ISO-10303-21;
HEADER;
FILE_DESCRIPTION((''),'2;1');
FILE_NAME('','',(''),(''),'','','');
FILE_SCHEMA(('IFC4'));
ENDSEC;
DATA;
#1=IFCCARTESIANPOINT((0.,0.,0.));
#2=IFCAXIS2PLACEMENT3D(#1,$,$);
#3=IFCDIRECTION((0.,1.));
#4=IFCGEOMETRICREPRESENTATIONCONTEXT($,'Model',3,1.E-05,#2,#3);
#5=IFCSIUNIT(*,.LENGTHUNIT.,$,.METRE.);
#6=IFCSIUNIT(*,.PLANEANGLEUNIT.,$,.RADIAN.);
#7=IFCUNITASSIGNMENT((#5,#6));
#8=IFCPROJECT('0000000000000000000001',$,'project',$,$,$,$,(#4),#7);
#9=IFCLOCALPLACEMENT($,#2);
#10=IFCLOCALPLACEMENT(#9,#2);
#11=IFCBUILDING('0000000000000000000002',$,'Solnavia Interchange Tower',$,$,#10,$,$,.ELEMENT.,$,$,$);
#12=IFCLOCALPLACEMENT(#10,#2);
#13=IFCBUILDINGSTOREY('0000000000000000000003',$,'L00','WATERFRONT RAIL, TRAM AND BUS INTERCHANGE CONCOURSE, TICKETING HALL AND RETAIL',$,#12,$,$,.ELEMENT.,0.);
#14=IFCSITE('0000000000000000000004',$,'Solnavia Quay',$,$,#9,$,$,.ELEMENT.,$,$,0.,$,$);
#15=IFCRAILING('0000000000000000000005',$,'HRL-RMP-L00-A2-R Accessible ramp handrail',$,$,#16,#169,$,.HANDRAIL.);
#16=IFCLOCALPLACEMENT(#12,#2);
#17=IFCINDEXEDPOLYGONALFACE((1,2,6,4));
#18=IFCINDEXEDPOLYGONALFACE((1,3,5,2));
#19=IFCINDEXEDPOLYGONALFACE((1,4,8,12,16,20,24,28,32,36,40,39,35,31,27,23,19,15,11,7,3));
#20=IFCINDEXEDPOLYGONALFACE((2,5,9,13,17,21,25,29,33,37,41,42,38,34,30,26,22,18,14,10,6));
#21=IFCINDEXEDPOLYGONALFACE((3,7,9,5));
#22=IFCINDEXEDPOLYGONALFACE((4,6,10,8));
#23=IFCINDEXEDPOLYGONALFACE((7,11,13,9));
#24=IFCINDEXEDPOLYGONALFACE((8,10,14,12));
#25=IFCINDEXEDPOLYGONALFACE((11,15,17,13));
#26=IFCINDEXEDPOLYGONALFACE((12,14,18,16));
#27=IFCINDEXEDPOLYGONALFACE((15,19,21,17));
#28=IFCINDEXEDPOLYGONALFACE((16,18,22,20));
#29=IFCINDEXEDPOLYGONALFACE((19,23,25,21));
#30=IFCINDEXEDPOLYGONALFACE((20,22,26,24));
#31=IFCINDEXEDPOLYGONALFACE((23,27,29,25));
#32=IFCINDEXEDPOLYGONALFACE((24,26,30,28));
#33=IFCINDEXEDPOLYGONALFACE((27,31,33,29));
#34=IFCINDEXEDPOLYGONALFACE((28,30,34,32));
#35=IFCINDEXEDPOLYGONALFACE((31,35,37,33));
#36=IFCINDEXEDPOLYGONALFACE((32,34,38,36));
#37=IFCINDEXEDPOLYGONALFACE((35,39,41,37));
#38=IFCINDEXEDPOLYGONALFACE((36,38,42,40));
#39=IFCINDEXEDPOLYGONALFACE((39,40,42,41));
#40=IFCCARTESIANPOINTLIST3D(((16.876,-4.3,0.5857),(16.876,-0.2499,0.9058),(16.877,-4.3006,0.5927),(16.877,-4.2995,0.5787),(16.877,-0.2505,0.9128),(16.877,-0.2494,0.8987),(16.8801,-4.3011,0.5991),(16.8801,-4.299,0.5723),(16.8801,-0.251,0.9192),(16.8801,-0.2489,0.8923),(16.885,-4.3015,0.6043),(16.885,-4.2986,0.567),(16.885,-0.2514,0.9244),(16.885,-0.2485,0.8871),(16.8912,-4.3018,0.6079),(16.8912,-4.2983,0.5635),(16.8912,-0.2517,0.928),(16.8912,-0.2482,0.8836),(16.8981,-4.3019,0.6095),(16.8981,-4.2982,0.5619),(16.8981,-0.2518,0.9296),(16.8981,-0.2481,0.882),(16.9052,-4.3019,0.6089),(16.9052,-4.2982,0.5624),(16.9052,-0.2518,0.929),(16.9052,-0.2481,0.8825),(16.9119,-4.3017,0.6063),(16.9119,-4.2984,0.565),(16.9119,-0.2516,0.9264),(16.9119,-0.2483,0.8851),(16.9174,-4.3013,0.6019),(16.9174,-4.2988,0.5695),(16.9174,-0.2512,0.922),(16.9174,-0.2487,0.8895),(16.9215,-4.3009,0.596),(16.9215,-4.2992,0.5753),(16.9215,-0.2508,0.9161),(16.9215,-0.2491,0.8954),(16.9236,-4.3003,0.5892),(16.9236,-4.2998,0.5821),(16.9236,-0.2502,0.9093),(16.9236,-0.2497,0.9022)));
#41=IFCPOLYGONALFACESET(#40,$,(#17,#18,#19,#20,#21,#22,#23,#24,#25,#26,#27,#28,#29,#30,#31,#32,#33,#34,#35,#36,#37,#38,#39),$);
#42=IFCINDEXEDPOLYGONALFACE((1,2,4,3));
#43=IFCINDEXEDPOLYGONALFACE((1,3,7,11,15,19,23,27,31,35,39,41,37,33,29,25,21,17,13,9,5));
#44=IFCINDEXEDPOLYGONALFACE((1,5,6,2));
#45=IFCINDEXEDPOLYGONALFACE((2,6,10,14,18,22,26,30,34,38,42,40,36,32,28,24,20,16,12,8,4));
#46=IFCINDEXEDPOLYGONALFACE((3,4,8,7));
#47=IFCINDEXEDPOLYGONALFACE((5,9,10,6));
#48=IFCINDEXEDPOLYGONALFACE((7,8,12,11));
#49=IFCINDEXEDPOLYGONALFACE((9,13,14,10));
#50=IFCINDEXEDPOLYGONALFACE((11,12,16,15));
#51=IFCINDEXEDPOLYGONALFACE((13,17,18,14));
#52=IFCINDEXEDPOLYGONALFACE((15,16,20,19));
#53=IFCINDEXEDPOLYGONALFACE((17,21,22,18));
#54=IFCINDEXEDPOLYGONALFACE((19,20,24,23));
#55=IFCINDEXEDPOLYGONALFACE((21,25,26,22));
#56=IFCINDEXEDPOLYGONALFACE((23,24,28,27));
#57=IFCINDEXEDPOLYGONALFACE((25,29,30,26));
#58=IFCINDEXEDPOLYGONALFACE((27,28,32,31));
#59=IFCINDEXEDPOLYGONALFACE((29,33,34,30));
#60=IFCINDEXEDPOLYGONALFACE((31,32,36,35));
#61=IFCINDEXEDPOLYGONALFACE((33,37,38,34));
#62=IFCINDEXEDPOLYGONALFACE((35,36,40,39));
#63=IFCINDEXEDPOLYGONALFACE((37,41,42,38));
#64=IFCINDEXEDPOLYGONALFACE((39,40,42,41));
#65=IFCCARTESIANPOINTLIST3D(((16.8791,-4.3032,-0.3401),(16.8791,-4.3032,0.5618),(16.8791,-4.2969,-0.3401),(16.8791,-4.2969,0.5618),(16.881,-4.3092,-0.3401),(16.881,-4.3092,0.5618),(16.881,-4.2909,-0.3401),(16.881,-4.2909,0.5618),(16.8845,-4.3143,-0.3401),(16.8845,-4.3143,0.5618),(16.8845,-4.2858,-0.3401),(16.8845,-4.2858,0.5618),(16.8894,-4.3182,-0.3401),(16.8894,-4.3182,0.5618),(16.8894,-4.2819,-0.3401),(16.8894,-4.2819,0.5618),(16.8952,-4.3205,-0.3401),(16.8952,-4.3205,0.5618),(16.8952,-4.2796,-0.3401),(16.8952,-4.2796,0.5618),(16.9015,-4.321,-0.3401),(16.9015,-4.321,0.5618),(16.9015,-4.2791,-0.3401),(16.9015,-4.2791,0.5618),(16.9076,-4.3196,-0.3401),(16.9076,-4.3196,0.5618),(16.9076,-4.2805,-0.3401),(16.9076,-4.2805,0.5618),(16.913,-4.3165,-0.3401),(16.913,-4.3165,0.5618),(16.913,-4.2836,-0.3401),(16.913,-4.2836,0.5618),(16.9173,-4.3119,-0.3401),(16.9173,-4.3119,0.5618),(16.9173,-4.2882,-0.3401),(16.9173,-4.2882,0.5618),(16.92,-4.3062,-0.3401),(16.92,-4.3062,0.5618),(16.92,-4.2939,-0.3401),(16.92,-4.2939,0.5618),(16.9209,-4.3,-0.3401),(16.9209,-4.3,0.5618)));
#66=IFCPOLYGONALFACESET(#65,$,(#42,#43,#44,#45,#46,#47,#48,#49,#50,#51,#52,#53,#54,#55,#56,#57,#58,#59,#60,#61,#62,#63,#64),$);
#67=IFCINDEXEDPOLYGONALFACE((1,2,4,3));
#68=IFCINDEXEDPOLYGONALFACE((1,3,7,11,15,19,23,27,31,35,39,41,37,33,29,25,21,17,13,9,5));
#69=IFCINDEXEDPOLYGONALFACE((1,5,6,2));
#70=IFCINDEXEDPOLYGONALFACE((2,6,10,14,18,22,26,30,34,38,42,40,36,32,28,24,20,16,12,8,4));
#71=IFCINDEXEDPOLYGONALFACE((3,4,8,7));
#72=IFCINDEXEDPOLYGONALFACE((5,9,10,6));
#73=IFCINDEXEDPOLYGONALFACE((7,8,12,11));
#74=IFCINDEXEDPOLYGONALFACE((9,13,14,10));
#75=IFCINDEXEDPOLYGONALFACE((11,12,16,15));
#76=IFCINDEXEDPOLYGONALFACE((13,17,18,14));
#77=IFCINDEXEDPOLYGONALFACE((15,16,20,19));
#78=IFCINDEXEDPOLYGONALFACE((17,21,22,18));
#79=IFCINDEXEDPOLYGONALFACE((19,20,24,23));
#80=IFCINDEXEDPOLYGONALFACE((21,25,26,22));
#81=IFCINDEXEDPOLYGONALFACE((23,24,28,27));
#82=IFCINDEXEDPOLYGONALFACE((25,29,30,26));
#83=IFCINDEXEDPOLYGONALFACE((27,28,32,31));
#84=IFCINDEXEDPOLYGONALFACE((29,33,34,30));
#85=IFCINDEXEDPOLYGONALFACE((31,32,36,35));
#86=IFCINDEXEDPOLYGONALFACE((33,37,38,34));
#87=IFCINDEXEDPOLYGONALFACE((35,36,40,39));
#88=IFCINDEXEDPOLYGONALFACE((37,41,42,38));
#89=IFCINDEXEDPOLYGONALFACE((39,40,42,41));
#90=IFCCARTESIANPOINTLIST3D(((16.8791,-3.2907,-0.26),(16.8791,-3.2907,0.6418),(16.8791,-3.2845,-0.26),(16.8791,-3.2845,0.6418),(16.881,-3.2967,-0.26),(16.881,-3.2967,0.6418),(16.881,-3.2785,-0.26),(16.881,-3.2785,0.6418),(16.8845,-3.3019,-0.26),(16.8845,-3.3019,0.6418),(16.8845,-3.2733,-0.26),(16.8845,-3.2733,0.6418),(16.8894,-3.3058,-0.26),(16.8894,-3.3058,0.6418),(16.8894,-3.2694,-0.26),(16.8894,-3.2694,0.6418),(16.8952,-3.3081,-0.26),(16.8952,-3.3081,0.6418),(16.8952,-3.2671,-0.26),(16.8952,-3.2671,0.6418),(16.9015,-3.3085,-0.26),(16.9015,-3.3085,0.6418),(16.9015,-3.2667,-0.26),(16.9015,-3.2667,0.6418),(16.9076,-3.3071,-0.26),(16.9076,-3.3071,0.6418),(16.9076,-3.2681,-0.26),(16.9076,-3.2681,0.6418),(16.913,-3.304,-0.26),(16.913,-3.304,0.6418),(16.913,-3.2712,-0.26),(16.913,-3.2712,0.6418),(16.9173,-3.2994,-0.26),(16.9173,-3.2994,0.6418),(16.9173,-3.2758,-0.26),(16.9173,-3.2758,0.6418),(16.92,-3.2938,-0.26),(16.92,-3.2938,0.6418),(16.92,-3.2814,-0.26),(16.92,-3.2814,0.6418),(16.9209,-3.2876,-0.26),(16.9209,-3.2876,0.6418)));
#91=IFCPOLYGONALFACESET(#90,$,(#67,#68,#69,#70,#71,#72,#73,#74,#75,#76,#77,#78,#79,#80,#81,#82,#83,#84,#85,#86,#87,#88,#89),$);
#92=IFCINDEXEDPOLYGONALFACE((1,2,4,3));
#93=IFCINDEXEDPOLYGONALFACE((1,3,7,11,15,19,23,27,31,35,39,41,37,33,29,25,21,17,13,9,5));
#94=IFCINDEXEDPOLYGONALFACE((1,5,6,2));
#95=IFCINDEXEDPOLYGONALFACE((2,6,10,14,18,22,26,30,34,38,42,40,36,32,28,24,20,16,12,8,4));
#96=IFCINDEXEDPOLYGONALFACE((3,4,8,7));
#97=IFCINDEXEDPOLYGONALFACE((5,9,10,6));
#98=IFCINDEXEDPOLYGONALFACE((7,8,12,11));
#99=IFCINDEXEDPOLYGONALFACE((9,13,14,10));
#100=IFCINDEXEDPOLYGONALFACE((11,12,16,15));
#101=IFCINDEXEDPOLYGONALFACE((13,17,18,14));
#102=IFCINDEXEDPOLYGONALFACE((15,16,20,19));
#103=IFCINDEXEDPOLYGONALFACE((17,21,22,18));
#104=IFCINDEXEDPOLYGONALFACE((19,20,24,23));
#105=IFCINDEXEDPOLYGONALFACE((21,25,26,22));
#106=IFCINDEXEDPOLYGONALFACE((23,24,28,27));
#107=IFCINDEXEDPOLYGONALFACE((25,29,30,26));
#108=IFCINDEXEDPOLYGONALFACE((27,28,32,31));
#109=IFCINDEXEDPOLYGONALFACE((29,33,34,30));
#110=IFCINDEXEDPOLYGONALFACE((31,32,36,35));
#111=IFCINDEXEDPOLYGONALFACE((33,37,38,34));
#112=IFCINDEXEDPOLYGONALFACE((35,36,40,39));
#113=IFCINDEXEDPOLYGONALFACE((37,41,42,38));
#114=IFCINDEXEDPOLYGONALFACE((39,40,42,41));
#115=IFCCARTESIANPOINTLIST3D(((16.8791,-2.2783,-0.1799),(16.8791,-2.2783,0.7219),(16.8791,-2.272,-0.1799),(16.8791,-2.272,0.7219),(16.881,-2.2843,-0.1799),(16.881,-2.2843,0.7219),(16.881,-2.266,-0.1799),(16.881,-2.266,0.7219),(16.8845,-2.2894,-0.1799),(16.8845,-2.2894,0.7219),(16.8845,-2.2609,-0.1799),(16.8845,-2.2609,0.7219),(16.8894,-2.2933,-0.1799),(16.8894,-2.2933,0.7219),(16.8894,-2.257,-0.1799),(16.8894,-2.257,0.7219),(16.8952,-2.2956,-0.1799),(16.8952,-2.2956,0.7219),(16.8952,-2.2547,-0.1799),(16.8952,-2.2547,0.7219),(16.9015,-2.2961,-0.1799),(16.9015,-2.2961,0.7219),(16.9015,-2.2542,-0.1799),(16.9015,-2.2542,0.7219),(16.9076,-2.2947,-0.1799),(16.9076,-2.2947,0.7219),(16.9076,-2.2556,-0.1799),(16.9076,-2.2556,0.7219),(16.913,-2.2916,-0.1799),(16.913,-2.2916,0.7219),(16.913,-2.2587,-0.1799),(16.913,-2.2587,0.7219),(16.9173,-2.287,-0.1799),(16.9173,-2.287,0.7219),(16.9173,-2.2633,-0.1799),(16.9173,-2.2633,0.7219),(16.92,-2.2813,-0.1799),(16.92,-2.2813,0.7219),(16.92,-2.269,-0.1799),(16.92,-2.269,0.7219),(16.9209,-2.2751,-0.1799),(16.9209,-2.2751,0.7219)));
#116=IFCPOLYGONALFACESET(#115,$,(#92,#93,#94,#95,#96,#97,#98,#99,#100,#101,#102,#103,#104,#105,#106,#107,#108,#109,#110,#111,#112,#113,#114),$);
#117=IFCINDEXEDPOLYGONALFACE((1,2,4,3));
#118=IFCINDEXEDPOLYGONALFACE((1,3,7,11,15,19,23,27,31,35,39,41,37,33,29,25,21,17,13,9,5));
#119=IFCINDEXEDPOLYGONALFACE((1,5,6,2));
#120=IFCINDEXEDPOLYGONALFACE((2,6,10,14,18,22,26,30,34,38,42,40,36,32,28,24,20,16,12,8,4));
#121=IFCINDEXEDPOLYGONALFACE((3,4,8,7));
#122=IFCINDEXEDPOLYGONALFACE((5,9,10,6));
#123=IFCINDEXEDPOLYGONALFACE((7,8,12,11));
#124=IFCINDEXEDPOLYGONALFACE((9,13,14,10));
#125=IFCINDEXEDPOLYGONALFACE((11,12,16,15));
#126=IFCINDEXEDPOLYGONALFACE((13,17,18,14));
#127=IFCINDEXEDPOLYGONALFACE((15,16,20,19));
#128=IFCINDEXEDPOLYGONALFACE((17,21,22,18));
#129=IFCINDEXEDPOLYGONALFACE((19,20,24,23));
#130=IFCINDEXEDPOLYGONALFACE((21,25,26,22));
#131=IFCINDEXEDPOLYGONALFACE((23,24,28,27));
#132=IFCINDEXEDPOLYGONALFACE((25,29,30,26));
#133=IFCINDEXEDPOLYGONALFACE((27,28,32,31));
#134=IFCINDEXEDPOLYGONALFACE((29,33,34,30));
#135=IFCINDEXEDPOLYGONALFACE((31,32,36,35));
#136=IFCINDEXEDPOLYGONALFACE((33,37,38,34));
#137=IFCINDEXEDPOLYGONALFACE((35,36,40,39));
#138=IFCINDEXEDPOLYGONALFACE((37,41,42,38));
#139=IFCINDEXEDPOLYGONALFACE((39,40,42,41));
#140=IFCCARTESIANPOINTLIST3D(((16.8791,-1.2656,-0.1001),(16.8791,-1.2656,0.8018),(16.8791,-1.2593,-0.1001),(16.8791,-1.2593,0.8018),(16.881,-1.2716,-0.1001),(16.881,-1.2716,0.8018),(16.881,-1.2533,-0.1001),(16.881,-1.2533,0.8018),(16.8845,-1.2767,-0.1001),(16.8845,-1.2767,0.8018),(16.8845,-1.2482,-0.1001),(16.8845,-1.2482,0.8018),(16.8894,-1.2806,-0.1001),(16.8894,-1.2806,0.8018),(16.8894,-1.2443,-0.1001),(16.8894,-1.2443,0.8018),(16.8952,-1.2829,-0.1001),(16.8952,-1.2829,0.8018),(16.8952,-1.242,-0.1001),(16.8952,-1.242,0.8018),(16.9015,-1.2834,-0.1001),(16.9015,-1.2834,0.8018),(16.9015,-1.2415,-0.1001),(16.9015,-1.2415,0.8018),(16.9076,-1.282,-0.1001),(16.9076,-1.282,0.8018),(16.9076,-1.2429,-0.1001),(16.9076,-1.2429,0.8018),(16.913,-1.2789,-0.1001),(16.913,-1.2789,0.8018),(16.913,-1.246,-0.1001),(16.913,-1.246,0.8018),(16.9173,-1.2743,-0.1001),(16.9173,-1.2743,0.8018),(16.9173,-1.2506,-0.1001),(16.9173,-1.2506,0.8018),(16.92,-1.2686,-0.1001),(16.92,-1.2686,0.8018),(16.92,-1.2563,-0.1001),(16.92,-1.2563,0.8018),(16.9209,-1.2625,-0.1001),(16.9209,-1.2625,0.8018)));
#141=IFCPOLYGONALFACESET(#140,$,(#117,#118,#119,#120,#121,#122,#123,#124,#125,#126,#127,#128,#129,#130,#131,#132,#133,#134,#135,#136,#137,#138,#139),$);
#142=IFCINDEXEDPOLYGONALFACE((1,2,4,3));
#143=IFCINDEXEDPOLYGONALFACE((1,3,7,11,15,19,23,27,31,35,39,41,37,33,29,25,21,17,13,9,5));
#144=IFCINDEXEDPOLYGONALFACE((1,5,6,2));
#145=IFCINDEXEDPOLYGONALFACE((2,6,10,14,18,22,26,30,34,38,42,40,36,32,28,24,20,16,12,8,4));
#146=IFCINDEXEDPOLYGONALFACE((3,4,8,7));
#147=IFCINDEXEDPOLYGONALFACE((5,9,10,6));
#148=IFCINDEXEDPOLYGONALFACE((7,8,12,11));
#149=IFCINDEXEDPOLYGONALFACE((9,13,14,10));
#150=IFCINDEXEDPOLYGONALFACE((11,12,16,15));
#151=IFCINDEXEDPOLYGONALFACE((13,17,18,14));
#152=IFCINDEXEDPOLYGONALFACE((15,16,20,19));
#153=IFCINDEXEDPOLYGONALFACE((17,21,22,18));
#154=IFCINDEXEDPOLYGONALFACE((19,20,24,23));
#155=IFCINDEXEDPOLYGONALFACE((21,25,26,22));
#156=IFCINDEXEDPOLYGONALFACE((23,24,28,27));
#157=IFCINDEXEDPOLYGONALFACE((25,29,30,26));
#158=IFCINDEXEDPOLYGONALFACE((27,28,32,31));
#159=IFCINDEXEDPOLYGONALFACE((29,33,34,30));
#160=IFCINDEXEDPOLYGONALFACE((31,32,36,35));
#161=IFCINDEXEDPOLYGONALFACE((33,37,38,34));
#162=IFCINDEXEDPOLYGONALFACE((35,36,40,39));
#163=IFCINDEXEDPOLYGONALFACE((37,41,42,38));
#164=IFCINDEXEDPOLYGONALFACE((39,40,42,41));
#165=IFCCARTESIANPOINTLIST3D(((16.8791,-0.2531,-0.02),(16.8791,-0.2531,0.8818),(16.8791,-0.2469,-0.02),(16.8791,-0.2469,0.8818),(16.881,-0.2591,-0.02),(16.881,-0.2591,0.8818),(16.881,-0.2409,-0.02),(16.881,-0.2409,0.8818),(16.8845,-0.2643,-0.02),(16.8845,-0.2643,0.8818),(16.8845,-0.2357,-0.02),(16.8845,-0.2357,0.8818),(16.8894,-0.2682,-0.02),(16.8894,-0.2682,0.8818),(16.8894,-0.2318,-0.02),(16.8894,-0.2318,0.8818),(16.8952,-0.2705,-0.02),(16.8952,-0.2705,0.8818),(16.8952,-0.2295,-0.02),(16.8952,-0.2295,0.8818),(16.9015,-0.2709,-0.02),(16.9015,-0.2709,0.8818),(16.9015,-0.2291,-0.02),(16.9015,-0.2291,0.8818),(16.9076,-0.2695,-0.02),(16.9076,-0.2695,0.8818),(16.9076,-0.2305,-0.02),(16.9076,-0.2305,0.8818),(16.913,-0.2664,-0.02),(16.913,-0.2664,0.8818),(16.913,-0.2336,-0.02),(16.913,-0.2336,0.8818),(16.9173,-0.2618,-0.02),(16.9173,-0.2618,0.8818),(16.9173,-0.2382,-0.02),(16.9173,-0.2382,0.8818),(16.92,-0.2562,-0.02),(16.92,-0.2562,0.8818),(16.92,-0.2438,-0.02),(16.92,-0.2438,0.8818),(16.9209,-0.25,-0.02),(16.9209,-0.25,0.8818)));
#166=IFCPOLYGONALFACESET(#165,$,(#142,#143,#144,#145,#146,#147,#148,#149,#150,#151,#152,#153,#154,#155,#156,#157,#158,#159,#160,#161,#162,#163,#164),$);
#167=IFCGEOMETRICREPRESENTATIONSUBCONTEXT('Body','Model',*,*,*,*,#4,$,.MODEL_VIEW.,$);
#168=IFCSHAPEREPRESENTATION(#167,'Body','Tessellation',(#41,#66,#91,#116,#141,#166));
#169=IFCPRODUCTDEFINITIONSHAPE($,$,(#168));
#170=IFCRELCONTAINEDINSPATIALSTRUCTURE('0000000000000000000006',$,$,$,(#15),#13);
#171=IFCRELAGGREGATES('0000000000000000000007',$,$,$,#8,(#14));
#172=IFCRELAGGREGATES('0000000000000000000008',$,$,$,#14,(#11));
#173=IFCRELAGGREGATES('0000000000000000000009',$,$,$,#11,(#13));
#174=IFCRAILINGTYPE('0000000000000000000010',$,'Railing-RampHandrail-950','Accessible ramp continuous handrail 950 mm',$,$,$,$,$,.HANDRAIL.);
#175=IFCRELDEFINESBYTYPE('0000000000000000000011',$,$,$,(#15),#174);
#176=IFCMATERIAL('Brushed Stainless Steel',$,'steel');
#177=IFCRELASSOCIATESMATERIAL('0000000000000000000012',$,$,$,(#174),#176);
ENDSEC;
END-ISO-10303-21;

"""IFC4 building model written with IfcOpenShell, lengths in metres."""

from ifc_helpers import new_model, si_unit, direction, frame, origin, origin_2d, place, context, subcontext, project, spatial, circle, extrude, material, type_object, element, save


model = new_model("IFC4")

# Units and contexts
model_context = context("Model", 3, precision=1e-05, world=origin(), true_north=direction((0.0, 1.0)))
body_context = subcontext(model_context, "Body", "Model", "MODEL_VIEW")
ifc_project = project(units=[si_unit("LENGTHUNIT", "METRE"), si_unit("PLANEANGLEUNIT", "RADIAN")], contexts=[model_context])

# Site, building, storey
site_placement = place(None, origin())
site = spatial("IfcSite", under=ifc_project, at=site_placement, Name="Solnavia Quay", CompositionType="ELEMENT", RefElevation=0.0)
building_placement = place(site_placement, origin())
building = spatial("IfcBuilding", under=site, at=building_placement, Name="Solnavia Interchange Tower", CompositionType="ELEMENT")
storey_placement = place(building_placement, origin())
storey = spatial("IfcBuildingStorey", under=building, at=storey_placement, Name="L00", Description="WATERFRONT RAIL, TRAM AND BUS INTERCHANGE CONCOURSE, TICKETING HALL AND RETAIL", CompositionType="ELEMENT", Elevation=0.0)

# Railing
ifc_material_1 = material(Name="Brushed Stainless Steel", Category="steel")
railing_type = type_object("IfcRailingType", Name="Railing-RampHandrail-950", Description="Accessible ramp continuous handrail 950 mm", PredefinedType="HANDRAIL", material=ifc_material_1)
for number, where, name in (
    (1, (16.8999, -4.3, -0.3401), "HRL-RMP-L00-A2-R Accessible ramp handrail"),
):
    element("IfcRailing", number, at=place(storey_placement, frame(where)), inside=storey, type_object=railing_type, Name=name, PredefinedType="HANDRAIL", context=body_context, shape_type="SweptSolid", body=[
        extrude(circle(Radius=0.0239, at=origin_2d()), frame((0.0, 0.0, 0.9258), z_axis=(0.0, 0.996892, 0.078783), x_axis=(-1.0, 0.0, 0.0)), (0.0, 0.0, 1.0), 4.0627),
        extrude(circle(Radius=0.021, at=origin_2d()), origin(), (0.0, 0.0, 1.0), 0.9019),
        extrude(circle(Radius=0.021, at=origin_2d()), frame((0.0, 1.0125, 0.0801)), (0.0, 0.0, 1.0), 0.9019),
        extrude(circle(Radius=0.021, at=origin_2d()), frame((0.0, 2.0249, 0.1602)), (0.0, 0.0, 1.0), 0.9019),
        extrude(circle(Radius=0.021, at=origin_2d()), frame((0.0, 3.0376, 0.24)), (0.0, 0.0, 1.0), 0.9019),
        extrude(circle(Radius=0.021, at=origin_2d()), frame((0.0, 4.05, 0.3201)), (0.0, 0.0, 1.0), 0.9019),
    ])

save(model, "model.ifc")
